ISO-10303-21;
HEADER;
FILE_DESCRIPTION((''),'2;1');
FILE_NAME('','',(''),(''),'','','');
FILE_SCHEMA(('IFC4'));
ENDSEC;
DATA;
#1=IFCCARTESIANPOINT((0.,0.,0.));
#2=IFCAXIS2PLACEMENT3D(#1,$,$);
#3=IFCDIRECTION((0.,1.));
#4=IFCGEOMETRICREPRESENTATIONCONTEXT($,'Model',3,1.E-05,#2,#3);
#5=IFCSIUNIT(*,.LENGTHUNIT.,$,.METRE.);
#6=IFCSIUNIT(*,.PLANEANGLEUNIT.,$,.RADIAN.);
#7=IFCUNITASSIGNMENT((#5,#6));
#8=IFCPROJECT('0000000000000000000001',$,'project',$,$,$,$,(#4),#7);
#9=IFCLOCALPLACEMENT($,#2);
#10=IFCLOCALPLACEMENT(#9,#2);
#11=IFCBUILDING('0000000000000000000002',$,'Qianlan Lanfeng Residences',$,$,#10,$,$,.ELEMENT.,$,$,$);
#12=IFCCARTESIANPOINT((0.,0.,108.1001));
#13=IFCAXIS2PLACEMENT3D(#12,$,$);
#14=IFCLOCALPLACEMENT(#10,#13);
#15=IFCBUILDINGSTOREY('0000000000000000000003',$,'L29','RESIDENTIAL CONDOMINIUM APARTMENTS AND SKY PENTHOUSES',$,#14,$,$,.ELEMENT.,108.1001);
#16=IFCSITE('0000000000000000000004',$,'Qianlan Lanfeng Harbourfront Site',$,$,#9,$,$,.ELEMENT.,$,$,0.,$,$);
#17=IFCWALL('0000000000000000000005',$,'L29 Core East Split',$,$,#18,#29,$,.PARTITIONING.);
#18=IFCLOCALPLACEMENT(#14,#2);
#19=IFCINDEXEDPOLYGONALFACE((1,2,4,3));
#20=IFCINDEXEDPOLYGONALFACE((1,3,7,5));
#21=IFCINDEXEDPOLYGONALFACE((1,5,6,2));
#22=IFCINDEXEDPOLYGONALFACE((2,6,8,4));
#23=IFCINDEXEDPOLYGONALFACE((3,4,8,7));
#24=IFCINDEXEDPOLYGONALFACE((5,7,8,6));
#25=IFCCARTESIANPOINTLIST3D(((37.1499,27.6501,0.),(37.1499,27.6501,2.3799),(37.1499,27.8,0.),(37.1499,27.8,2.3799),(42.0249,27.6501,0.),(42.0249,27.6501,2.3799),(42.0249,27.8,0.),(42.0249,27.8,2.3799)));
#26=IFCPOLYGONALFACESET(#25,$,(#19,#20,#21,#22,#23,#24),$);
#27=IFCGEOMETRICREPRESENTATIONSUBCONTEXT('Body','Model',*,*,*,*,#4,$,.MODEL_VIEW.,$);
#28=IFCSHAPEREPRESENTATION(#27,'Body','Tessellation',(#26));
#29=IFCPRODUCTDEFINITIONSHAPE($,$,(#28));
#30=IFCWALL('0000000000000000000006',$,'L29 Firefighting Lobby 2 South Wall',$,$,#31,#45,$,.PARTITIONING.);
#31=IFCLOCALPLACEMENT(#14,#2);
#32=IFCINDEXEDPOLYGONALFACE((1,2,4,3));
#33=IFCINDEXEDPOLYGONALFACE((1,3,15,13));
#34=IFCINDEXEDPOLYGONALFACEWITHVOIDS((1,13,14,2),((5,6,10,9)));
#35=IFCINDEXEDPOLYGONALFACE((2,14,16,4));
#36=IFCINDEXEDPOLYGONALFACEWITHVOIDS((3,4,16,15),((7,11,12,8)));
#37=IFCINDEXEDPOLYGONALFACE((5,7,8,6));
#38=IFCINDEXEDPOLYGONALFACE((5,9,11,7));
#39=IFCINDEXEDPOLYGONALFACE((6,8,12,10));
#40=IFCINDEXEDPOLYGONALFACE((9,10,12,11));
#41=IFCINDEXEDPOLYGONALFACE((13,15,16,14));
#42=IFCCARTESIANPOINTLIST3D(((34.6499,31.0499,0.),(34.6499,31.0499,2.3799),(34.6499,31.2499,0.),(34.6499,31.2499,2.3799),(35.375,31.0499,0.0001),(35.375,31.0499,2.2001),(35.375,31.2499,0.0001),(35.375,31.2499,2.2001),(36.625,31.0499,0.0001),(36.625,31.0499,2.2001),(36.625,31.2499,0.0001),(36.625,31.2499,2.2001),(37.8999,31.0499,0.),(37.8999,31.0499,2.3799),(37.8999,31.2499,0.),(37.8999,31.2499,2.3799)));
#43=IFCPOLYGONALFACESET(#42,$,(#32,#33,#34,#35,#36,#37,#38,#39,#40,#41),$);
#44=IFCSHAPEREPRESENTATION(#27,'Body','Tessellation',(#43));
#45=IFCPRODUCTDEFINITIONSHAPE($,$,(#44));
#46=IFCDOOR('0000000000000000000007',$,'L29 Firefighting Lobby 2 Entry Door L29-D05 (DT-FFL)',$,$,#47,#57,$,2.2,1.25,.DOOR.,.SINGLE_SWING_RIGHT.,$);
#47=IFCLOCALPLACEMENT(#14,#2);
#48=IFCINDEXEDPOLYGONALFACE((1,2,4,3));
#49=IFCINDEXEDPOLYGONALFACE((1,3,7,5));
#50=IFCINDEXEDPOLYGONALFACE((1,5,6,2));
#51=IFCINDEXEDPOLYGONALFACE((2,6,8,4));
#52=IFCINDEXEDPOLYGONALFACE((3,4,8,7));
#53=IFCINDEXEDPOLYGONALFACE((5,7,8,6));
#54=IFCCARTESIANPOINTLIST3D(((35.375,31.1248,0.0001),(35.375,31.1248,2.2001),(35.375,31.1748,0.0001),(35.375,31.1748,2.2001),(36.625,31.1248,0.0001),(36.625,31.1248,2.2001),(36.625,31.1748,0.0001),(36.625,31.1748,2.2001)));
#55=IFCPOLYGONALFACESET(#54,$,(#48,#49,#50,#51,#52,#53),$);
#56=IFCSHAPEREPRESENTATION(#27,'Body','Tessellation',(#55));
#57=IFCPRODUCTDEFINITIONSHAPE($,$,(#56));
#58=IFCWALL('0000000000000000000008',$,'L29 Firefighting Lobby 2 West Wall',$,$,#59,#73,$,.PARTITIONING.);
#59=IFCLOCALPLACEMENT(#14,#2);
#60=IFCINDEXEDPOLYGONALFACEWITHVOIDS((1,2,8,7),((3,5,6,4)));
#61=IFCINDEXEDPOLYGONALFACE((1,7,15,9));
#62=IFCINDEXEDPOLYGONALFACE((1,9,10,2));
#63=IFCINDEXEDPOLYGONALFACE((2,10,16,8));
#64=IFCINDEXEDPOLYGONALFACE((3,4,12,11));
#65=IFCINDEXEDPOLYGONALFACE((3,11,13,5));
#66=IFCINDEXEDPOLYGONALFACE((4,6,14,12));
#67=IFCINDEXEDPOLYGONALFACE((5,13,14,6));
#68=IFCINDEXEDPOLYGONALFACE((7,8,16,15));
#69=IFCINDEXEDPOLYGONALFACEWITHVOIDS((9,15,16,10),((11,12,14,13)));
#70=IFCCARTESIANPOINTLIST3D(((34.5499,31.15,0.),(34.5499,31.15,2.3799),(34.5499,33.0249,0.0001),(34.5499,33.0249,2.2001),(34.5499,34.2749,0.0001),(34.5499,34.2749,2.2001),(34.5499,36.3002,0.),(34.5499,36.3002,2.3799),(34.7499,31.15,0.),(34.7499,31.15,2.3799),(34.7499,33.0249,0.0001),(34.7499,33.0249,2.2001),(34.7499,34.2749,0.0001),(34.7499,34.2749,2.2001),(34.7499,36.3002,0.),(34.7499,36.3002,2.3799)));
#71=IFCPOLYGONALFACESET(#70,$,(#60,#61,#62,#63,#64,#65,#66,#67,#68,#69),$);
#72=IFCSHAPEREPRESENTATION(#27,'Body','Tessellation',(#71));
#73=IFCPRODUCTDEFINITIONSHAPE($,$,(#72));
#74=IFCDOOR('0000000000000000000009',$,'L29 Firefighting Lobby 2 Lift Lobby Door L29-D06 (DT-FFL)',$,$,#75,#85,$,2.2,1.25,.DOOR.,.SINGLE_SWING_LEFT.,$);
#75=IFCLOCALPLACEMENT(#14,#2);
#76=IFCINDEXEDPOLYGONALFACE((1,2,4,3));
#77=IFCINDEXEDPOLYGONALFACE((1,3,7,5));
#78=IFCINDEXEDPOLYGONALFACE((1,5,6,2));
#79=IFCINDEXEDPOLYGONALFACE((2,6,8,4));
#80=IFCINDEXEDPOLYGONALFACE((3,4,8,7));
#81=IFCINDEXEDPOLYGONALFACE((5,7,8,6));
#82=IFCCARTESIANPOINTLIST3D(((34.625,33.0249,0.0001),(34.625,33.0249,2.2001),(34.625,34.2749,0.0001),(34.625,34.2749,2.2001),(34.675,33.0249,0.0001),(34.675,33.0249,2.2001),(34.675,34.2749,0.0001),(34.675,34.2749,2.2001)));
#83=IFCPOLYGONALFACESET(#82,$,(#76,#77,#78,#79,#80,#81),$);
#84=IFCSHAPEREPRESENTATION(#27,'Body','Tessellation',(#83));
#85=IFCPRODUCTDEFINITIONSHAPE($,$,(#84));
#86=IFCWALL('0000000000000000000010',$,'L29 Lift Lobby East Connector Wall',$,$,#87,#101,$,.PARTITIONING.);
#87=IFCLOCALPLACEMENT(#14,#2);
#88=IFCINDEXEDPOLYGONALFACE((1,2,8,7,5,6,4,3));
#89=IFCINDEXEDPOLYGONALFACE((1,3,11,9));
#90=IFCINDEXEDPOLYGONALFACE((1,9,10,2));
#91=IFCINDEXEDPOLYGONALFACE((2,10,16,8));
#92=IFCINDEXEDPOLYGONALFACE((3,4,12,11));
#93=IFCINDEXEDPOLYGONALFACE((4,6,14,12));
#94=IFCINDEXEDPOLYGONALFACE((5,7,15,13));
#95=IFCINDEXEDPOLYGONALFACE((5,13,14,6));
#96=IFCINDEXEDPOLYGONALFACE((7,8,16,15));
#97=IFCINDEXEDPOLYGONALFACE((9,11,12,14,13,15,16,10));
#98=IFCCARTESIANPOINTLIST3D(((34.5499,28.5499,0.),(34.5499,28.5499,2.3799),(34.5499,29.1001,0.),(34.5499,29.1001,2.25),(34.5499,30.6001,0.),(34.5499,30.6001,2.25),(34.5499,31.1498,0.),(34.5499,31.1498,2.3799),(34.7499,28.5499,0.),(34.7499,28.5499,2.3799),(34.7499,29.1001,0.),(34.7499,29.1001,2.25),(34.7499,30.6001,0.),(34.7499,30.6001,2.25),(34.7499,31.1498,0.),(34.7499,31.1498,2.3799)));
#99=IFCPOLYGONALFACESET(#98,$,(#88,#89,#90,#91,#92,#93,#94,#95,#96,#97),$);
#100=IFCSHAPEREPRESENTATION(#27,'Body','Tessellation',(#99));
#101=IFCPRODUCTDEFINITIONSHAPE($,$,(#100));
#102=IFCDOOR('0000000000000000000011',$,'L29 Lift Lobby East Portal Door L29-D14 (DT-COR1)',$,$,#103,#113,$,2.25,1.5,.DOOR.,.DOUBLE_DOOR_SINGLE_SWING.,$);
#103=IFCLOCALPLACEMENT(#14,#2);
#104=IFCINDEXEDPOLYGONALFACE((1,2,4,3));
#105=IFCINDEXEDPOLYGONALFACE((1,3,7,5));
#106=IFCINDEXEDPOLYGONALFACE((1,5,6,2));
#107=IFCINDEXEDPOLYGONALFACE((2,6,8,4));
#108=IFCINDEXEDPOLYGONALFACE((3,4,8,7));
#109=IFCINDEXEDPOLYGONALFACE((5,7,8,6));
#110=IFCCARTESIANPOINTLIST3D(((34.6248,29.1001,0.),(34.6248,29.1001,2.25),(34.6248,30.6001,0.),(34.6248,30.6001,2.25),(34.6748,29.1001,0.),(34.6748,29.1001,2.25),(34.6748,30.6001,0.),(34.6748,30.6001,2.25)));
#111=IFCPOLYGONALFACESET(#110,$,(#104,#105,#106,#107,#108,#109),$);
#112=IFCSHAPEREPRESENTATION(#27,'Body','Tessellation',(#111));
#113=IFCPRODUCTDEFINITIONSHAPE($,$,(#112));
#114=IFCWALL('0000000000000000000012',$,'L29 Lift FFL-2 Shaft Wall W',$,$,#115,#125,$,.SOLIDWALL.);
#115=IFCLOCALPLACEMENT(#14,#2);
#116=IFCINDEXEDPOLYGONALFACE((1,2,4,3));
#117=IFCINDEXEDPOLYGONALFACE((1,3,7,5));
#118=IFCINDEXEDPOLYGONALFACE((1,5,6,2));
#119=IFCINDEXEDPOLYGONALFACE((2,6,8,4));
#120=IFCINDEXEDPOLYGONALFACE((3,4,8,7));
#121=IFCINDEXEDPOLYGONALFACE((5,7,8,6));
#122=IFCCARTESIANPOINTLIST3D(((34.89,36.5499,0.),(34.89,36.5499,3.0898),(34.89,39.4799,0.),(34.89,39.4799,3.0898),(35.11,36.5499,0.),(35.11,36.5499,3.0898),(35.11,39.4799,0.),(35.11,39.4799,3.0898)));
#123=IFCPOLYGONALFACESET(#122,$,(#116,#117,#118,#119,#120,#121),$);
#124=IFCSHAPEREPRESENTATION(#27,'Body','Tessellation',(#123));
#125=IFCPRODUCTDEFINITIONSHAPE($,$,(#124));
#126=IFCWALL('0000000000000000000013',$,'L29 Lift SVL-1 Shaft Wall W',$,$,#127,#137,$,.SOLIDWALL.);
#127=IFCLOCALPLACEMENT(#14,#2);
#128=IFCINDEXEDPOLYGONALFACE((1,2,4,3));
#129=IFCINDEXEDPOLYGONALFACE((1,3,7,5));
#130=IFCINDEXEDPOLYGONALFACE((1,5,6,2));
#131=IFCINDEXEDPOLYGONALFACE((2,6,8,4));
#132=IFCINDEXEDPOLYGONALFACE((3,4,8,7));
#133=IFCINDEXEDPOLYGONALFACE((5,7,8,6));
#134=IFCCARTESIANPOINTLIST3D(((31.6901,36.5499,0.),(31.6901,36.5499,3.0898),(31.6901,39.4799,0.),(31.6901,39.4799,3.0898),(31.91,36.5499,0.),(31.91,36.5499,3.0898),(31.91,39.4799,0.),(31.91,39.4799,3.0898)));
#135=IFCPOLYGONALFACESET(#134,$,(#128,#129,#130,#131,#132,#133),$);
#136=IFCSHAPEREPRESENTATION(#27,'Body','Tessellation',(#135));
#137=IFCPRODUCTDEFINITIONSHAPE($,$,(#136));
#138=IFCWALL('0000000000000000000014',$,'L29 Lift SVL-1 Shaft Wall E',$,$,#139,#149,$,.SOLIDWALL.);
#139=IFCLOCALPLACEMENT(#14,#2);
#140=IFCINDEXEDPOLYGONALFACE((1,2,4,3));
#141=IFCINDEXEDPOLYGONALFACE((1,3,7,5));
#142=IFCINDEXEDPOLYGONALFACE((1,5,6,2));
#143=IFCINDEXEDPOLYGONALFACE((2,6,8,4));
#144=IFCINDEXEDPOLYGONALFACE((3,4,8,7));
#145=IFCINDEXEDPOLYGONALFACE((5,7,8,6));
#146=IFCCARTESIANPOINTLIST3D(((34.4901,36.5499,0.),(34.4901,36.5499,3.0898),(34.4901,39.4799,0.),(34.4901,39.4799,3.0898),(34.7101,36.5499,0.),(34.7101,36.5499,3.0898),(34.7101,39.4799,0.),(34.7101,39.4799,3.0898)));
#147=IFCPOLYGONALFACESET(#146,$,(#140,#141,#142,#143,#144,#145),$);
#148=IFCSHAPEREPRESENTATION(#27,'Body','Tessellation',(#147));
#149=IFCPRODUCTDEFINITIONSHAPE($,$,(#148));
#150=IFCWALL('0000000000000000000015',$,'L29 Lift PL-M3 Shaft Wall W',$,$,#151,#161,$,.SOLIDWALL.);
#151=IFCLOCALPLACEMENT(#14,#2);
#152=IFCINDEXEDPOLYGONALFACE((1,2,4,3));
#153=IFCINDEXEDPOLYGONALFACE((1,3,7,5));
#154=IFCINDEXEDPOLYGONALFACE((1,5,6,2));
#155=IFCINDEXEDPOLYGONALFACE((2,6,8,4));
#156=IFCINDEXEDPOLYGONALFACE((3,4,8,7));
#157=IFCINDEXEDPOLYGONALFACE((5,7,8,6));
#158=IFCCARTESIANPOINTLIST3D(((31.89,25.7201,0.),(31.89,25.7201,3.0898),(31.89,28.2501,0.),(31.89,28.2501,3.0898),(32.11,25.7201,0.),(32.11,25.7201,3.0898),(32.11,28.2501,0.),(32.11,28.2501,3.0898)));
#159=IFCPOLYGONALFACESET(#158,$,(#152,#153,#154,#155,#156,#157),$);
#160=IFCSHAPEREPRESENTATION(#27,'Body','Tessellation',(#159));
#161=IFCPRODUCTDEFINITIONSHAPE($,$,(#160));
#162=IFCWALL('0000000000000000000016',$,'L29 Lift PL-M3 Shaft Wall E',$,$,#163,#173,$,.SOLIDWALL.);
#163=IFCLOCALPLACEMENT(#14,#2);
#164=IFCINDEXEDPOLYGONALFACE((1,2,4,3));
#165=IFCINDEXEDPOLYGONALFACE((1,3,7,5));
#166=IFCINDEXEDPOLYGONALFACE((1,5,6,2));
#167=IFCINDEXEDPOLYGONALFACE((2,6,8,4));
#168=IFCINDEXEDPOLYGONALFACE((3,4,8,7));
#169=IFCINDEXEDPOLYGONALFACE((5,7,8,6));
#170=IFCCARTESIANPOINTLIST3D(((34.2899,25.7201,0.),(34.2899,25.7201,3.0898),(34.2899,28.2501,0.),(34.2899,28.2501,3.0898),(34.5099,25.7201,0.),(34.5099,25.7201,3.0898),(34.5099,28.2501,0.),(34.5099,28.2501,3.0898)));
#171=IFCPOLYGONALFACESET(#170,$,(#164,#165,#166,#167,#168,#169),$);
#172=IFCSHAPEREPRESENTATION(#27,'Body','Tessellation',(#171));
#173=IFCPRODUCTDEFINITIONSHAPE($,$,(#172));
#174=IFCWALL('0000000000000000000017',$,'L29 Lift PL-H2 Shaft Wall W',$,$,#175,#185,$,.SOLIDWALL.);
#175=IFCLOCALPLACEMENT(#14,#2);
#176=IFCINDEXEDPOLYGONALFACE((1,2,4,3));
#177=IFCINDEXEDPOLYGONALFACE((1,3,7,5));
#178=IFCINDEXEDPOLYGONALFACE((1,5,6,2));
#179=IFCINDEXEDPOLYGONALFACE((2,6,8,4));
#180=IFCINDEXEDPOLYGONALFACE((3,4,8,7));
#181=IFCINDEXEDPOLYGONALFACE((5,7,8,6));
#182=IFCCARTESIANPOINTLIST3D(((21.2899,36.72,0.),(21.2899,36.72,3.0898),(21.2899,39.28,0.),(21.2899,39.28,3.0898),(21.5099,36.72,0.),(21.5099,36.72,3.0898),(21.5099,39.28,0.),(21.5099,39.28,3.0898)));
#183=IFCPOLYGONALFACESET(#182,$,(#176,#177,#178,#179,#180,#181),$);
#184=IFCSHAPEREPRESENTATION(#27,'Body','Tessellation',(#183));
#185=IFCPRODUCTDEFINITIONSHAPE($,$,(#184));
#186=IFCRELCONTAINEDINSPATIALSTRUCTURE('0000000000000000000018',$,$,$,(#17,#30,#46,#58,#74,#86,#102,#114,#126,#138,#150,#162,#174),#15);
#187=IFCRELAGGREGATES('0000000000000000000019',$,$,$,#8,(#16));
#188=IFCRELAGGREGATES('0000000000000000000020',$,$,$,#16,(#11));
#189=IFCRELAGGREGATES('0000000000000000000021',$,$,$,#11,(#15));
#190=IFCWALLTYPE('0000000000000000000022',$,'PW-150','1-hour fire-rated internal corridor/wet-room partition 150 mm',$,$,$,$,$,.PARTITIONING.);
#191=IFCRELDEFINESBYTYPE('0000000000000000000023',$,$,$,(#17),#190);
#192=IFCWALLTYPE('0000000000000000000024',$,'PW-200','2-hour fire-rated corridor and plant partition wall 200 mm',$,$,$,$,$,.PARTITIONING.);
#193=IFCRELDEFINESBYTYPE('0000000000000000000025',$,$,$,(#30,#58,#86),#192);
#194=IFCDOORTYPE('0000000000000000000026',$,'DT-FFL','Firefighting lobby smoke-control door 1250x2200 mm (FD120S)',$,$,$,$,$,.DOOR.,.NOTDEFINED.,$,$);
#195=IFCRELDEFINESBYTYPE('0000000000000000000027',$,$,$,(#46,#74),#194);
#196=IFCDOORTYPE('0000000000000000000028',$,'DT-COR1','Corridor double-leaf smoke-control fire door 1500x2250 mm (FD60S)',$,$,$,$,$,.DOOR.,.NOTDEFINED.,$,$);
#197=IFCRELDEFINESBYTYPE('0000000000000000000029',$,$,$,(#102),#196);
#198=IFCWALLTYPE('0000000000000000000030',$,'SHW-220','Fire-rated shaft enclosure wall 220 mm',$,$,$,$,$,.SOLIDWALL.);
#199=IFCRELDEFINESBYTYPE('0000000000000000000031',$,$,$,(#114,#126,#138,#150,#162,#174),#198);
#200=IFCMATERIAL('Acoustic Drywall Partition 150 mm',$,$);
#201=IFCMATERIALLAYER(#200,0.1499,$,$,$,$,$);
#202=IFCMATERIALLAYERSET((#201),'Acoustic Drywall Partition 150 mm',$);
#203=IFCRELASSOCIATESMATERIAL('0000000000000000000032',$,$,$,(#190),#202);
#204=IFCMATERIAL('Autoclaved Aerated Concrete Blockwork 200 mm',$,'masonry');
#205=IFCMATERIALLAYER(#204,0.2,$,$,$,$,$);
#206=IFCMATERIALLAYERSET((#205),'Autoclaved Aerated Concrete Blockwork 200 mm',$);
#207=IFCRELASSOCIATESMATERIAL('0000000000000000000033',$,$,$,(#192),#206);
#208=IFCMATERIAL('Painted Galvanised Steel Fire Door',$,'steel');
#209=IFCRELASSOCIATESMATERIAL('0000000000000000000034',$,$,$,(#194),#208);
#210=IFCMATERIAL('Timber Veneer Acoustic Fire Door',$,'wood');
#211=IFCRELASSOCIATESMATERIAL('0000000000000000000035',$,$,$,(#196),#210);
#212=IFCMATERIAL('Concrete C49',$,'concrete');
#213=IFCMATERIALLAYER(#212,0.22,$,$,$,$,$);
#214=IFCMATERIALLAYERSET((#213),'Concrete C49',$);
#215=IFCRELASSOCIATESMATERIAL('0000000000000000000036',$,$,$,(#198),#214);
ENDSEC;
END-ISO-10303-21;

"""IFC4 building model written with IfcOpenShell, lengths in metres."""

from ifc_helpers import new_model, si_unit, direction, frame, frame_2d, origin, place, context, subcontext, project, spatial, rectangle, extrude, material, layer, layer_set, type_object, element, fill, save


model = new_model("IFC4")

# Units and contexts
model_context = context("Model", 3, precision=1e-05, world=origin(), true_north=direction((0.0, 1.0)))
body_context = subcontext(model_context, "Body", "Model", "MODEL_VIEW")
ifc_project = project(units=[si_unit("LENGTHUNIT", "METRE"), si_unit("PLANEANGLEUNIT", "RADIAN")], contexts=[model_context])

# Site, building, storey
site_placement = place(None, origin())
site = spatial("IfcSite", under=ifc_project, at=site_placement, Name="Qianlan Lanfeng Harbourfront Site", CompositionType="ELEMENT", RefElevation=0.0)
building_placement = place(site_placement, origin())
building = spatial("IfcBuilding", under=site, at=building_placement, Name="Qianlan Lanfeng Residences", CompositionType="ELEMENT")
storey_placement = place(building_placement, frame((0.0, 0.0, 108.1001)))
storey = spatial("IfcBuildingStorey", under=building, at=storey_placement, Name="L29", Description="RESIDENTIAL CONDOMINIUM APARTMENTS AND SKY PENTHOUSES", CompositionType="ELEMENT", Elevation=108.1001)

# Wall
ifc_material_1 = material(Name="Acoustic Drywall Partition 150 mm")
ifc_layer_1 = layer(ifc_material_1, 0.1499)
ifc_layer_set_1 = layer_set([ifc_layer_1], Name="Acoustic Drywall Partition 150 mm")
wall_type_1 = type_object("IfcWallType", Name="PW-150", Description="1-hour fire-rated internal corridor/wet-room partition 150 mm", PredefinedType="PARTITIONING", material=ifc_layer_set_1)
wall_1_placement = place(storey_placement, frame((37.1499, 27.7251, 0.0), z_axis=(0.0, 0.0, 1.0), x_axis=(1.0, 0.0, 0.0)))
element("IfcWall", 1, at=wall_1_placement, inside=storey, type_object=wall_type_1, Name="L29 Core East Split", PredefinedType="PARTITIONING", context=body_context, shape_type="SweptSolid", body=[
    extrude(rectangle(XDim=4.875, YDim=0.1499, at=frame_2d((2.4375, 0.0))), origin(), (0.0, 0.0, 1.0), 2.3799),
])

# Walls, openings, doors
ifc_material_2 = material(Name="Autoclaved Aerated Concrete Blockwork 200 mm", Category="masonry")
ifc_layer_2 = layer(ifc_material_2, 0.2)
ifc_layer_set_2 = layer_set([ifc_layer_2], Name="Autoclaved Aerated Concrete Blockwork 200 mm")
wall_type_2 = type_object("IfcWallType", Name="PW-200", Description="2-hour fire-rated corridor and plant partition wall 200 mm", PredefinedType="PARTITIONING", material=ifc_layer_set_2)
wall_2_placement = place(storey_placement, frame((34.6499, 31.1499, 0.0), z_axis=(0.0, 0.0, 1.0), x_axis=(1.0, 0.0, 0.0)))
wall_2 = element("IfcWall", 2, at=wall_2_placement, inside=storey, type_object=wall_type_2, Name="L29 Firefighting Lobby 2 South Wall", PredefinedType="PARTITIONING", context=body_context, shape_type="SweptSolid", body=[
    extrude(rectangle(XDim=3.25, YDim=0.2, at=frame_2d((1.625, 0.0))), origin(), (0.0, 0.0, 1.0), 2.3799),
])
opening_1_placement = place(wall_2_placement, frame((0.7251, 0.0, 0.0)))
opening_1 = element("IfcOpeningElement", 3, at=opening_1_placement, cuts=wall_2, PredefinedType="OPENING", context=body_context, shape_type="SweptSolid", body=[
    extrude(rectangle(XDim=1.25, YDim=2.2, at=frame_2d((0.625, 1.1001))), frame((0.0, 0.1099, 0.0), z_axis=(0.0, -1.0, 0.0), x_axis=(1.0, 0.0, 0.0)), (0.0, 0.0, 1.0), 0.22),
])
ifc_material_3 = material(Name="Painted Galvanised Steel Fire Door", Category="steel")
door_type_1 = type_object("IfcDoorType", Name="DT-FFL", Description="Firefighting lobby smoke-control door 1250x2200 mm (FD120S)", OperationType="NOTDEFINED", PredefinedType="DOOR", material=ifc_material_3)
door_1_placement = place(opening_1_placement, origin())
door_1 = element("IfcDoor", 4, at=door_1_placement, inside=storey, type_object=door_type_1, Name="L29 Firefighting Lobby 2 Entry Door L29-D05 (DT-FFL)", OperationType="SINGLE_SWING_RIGHT", OverallHeight=2.2, OverallWidth=1.25, PredefinedType="DOOR", context=body_context, shape_type="SweptSolid", body=[
    extrude(rectangle(XDim=1.25, YDim=2.2, at=frame_2d((0.625, 1.1001))), frame((0.0, 0.0249, 0.0), z_axis=(0.0, -1.0, 0.0), x_axis=(1.0, 0.0, 0.0)), (0.0, 0.0, 1.0), 0.05),
])
fill(opening_1, door_1)
wall_3_placement = place(storey_placement, frame((34.6499, 31.1499, 0.0), z_axis=(0.0, 0.0, 1.0), x_axis=(0.0, 1.0, 0.0)))
wall_3 = element("IfcWall", 5, at=wall_3_placement, inside=storey, type_object=wall_type_2, Name="L29 Firefighting Lobby 2 West Wall", PredefinedType="PARTITIONING", context=body_context, shape_type="SweptSolid", body=[
    extrude(rectangle(XDim=5.1501, YDim=0.2, at=frame_2d((2.5752, 0.0))), origin(), (0.0, 0.0, 1.0), 2.3799),
])
opening_2_placement = place(wall_3_placement, frame((1.875, 0.0, 0.0)))
opening_2 = element("IfcOpeningElement", 6, at=opening_2_placement, cuts=wall_3, PredefinedType="OPENING", context=body_context, shape_type="SweptSolid", body=[
    extrude(rectangle(XDim=1.25, YDim=2.2, at=frame_2d((0.625, 1.1001))), frame((0.0, 0.1099, 0.0), z_axis=(0.0, -1.0, 0.0), x_axis=(1.0, 0.0, 0.0)), (0.0, 0.0, 1.0), 0.22),
])
door_2_placement = place(opening_2_placement, origin())
door_2 = element("IfcDoor", 7, at=door_2_placement, inside=storey, type_object=door_type_1, Name="L29 Firefighting Lobby 2 Lift Lobby Door L29-D06 (DT-FFL)", OperationType="SINGLE_SWING_LEFT", OverallHeight=2.2, OverallWidth=1.25, PredefinedType="DOOR", context=body_context, shape_type="SweptSolid", body=[
    extrude(rectangle(XDim=1.25, YDim=2.2, at=frame_2d((0.625, 1.1001))), frame((0.0, 0.0249, 0.0), z_axis=(0.0, -1.0, 0.0), x_axis=(1.0, 0.0, 0.0)), (0.0, 0.0, 1.0), 0.05),
])
fill(opening_2, door_2)
wall_4_placement = place(storey_placement, frame((34.6499, 28.55, 0.0), z_axis=(0.0, 0.0, 1.0), x_axis=(0.0, 1.0, 0.0)))
wall_4 = element("IfcWall", 8, at=wall_4_placement, inside=storey, type_object=wall_type_2, Name="L29 Lift Lobby East Connector Wall", PredefinedType="PARTITIONING", context=body_context, shape_type="SweptSolid", body=[
    extrude(rectangle(XDim=2.5999, YDim=0.2, at=frame_2d((1.2998, 0.0))), origin(), (0.0, 0.0, 1.0), 2.3799),
])
opening_3_placement = place(wall_4_placement, frame((0.55, 0.0, 0.0)))
opening_3 = element("IfcOpeningElement", 9, at=opening_3_placement, cuts=wall_4, PredefinedType="OPENING", context=body_context, shape_type="SweptSolid", body=[
    extrude(rectangle(XDim=1.5, YDim=2.25, at=frame_2d((0.75, 1.125))), frame((0.0, 0.1099, 0.0), z_axis=(0.0, -1.0, 0.0), x_axis=(1.0, 0.0, 0.0)), (0.0, 0.0, 1.0), 0.22),
])
ifc_material_4 = material(Name="Timber Veneer Acoustic Fire Door", Category="wood")
door_type_2 = type_object("IfcDoorType", Name="DT-COR1", Description="Corridor double-leaf smoke-control fire door 1500x2250 mm (FD60S)", OperationType="NOTDEFINED", PredefinedType="DOOR", material=ifc_material_4)
door_3_placement = place(opening_3_placement, frame((1.5, 0.0, 0.0), z_axis=(0.0, 0.0, 1.0), x_axis=(-1.0, 0.0, 0.0)))
door_3 = element("IfcDoor", 10, at=door_3_placement, inside=storey, type_object=door_type_2, Name="L29 Lift Lobby East Portal Door L29-D14 (DT-COR1)", OperationType="DOUBLE_DOOR_SINGLE_SWING", OverallHeight=2.25, OverallWidth=1.5, PredefinedType="DOOR", context=body_context, shape_type="SweptSolid", body=[
    extrude(rectangle(XDim=1.5, YDim=2.25, at=frame_2d((0.75, 1.125))), frame((0.0, 0.0249, 0.0), z_axis=(0.0, -1.0, 0.0), x_axis=(1.0, 0.0, 0.0)), (0.0, 0.0, 1.0), 0.05),
])
fill(opening_3, door_3)

# Walls
ifc_material_5 = material(Name="Concrete C49", Category="concrete")
ifc_layer_3 = layer(ifc_material_5, 0.22)
ifc_layer_set_3 = layer_set([ifc_layer_3], Name="Concrete C49")
wall_type_3 = type_object("IfcWallType", Name="SHW-220", Description="Fire-rated shaft enclosure wall 220 mm", PredefinedType="SOLIDWALL", material=ifc_layer_set_3)
for number, where, z_axis, x_axis, name in (
    (11, (35.0, 36.55, 0.0), (0.0, 0.0, 1.0), (0.0, 1.0, 0.0), "L29 Lift FFL-2 Shaft Wall W"),
    (12, (31.8, 36.55, 0.0), (0.0, 0.0, 1.0), (0.0, 1.0, 0.0), "L29 Lift SVL-1 Shaft Wall W"),
    (13, (34.6001, 36.55, 0.0), (0.0, 0.0, 1.0), (0.0, 1.0, 0.0), "L29 Lift SVL-1 Shaft Wall E"),
):
    element("IfcWall", number, at=place(storey_placement, frame(where, z_axis=z_axis, x_axis=x_axis)), inside=storey, type_object=wall_type_3, Name=name, PredefinedType="SOLIDWALL", context=body_context, shape_type="SweptSolid", body=[
        extrude(rectangle(XDim=2.9299, YDim=0.22, at=frame_2d((1.4648, 0.0))), origin(), (0.0, 0.0, 1.0), 3.0898),
    ])
for number, where, z_axis, x_axis, name in (
    (14, (32.0, 25.72, 0.0), (0.0, 0.0, 1.0), (0.0, 1.0, 0.0), "L29 Lift PL-M3 Shaft Wall W"),
    (15, (34.3999, 25.72, 0.0), (0.0, 0.0, 1.0), (0.0, 1.0, 0.0), "L29 Lift PL-M3 Shaft Wall E"),
):
    element("IfcWall", number, at=place(storey_placement, frame(where, z_axis=z_axis, x_axis=x_axis)), inside=storey, type_object=wall_type_3, Name=name, PredefinedType="SOLIDWALL", context=body_context, shape_type="SweptSolid", body=[
        extrude(rectangle(XDim=2.53, YDim=0.22, at=frame_2d((1.2651, 0.0))), origin(), (0.0, 0.0, 1.0), 3.0898),
    ])
for number, where, z_axis, x_axis, name in (
    (16, (21.3999, 36.72, 0.0), (0.0, 0.0, 1.0), (0.0, 1.0, 0.0), "L29 Lift PL-H2 Shaft Wall W"),
):
    element("IfcWall", number, at=place(storey_placement, frame(where, z_axis=z_axis, x_axis=x_axis)), inside=storey, type_object=wall_type_3, Name=name, PredefinedType="SOLIDWALL", context=body_context, shape_type="SweptSolid", body=[
        extrude(rectangle(XDim=2.5601, YDim=0.22, at=frame_2d((1.28, 0.0))), origin(), (0.0, 0.0, 1.0), 3.0898),
    ])

save(model, "model.ifc")
